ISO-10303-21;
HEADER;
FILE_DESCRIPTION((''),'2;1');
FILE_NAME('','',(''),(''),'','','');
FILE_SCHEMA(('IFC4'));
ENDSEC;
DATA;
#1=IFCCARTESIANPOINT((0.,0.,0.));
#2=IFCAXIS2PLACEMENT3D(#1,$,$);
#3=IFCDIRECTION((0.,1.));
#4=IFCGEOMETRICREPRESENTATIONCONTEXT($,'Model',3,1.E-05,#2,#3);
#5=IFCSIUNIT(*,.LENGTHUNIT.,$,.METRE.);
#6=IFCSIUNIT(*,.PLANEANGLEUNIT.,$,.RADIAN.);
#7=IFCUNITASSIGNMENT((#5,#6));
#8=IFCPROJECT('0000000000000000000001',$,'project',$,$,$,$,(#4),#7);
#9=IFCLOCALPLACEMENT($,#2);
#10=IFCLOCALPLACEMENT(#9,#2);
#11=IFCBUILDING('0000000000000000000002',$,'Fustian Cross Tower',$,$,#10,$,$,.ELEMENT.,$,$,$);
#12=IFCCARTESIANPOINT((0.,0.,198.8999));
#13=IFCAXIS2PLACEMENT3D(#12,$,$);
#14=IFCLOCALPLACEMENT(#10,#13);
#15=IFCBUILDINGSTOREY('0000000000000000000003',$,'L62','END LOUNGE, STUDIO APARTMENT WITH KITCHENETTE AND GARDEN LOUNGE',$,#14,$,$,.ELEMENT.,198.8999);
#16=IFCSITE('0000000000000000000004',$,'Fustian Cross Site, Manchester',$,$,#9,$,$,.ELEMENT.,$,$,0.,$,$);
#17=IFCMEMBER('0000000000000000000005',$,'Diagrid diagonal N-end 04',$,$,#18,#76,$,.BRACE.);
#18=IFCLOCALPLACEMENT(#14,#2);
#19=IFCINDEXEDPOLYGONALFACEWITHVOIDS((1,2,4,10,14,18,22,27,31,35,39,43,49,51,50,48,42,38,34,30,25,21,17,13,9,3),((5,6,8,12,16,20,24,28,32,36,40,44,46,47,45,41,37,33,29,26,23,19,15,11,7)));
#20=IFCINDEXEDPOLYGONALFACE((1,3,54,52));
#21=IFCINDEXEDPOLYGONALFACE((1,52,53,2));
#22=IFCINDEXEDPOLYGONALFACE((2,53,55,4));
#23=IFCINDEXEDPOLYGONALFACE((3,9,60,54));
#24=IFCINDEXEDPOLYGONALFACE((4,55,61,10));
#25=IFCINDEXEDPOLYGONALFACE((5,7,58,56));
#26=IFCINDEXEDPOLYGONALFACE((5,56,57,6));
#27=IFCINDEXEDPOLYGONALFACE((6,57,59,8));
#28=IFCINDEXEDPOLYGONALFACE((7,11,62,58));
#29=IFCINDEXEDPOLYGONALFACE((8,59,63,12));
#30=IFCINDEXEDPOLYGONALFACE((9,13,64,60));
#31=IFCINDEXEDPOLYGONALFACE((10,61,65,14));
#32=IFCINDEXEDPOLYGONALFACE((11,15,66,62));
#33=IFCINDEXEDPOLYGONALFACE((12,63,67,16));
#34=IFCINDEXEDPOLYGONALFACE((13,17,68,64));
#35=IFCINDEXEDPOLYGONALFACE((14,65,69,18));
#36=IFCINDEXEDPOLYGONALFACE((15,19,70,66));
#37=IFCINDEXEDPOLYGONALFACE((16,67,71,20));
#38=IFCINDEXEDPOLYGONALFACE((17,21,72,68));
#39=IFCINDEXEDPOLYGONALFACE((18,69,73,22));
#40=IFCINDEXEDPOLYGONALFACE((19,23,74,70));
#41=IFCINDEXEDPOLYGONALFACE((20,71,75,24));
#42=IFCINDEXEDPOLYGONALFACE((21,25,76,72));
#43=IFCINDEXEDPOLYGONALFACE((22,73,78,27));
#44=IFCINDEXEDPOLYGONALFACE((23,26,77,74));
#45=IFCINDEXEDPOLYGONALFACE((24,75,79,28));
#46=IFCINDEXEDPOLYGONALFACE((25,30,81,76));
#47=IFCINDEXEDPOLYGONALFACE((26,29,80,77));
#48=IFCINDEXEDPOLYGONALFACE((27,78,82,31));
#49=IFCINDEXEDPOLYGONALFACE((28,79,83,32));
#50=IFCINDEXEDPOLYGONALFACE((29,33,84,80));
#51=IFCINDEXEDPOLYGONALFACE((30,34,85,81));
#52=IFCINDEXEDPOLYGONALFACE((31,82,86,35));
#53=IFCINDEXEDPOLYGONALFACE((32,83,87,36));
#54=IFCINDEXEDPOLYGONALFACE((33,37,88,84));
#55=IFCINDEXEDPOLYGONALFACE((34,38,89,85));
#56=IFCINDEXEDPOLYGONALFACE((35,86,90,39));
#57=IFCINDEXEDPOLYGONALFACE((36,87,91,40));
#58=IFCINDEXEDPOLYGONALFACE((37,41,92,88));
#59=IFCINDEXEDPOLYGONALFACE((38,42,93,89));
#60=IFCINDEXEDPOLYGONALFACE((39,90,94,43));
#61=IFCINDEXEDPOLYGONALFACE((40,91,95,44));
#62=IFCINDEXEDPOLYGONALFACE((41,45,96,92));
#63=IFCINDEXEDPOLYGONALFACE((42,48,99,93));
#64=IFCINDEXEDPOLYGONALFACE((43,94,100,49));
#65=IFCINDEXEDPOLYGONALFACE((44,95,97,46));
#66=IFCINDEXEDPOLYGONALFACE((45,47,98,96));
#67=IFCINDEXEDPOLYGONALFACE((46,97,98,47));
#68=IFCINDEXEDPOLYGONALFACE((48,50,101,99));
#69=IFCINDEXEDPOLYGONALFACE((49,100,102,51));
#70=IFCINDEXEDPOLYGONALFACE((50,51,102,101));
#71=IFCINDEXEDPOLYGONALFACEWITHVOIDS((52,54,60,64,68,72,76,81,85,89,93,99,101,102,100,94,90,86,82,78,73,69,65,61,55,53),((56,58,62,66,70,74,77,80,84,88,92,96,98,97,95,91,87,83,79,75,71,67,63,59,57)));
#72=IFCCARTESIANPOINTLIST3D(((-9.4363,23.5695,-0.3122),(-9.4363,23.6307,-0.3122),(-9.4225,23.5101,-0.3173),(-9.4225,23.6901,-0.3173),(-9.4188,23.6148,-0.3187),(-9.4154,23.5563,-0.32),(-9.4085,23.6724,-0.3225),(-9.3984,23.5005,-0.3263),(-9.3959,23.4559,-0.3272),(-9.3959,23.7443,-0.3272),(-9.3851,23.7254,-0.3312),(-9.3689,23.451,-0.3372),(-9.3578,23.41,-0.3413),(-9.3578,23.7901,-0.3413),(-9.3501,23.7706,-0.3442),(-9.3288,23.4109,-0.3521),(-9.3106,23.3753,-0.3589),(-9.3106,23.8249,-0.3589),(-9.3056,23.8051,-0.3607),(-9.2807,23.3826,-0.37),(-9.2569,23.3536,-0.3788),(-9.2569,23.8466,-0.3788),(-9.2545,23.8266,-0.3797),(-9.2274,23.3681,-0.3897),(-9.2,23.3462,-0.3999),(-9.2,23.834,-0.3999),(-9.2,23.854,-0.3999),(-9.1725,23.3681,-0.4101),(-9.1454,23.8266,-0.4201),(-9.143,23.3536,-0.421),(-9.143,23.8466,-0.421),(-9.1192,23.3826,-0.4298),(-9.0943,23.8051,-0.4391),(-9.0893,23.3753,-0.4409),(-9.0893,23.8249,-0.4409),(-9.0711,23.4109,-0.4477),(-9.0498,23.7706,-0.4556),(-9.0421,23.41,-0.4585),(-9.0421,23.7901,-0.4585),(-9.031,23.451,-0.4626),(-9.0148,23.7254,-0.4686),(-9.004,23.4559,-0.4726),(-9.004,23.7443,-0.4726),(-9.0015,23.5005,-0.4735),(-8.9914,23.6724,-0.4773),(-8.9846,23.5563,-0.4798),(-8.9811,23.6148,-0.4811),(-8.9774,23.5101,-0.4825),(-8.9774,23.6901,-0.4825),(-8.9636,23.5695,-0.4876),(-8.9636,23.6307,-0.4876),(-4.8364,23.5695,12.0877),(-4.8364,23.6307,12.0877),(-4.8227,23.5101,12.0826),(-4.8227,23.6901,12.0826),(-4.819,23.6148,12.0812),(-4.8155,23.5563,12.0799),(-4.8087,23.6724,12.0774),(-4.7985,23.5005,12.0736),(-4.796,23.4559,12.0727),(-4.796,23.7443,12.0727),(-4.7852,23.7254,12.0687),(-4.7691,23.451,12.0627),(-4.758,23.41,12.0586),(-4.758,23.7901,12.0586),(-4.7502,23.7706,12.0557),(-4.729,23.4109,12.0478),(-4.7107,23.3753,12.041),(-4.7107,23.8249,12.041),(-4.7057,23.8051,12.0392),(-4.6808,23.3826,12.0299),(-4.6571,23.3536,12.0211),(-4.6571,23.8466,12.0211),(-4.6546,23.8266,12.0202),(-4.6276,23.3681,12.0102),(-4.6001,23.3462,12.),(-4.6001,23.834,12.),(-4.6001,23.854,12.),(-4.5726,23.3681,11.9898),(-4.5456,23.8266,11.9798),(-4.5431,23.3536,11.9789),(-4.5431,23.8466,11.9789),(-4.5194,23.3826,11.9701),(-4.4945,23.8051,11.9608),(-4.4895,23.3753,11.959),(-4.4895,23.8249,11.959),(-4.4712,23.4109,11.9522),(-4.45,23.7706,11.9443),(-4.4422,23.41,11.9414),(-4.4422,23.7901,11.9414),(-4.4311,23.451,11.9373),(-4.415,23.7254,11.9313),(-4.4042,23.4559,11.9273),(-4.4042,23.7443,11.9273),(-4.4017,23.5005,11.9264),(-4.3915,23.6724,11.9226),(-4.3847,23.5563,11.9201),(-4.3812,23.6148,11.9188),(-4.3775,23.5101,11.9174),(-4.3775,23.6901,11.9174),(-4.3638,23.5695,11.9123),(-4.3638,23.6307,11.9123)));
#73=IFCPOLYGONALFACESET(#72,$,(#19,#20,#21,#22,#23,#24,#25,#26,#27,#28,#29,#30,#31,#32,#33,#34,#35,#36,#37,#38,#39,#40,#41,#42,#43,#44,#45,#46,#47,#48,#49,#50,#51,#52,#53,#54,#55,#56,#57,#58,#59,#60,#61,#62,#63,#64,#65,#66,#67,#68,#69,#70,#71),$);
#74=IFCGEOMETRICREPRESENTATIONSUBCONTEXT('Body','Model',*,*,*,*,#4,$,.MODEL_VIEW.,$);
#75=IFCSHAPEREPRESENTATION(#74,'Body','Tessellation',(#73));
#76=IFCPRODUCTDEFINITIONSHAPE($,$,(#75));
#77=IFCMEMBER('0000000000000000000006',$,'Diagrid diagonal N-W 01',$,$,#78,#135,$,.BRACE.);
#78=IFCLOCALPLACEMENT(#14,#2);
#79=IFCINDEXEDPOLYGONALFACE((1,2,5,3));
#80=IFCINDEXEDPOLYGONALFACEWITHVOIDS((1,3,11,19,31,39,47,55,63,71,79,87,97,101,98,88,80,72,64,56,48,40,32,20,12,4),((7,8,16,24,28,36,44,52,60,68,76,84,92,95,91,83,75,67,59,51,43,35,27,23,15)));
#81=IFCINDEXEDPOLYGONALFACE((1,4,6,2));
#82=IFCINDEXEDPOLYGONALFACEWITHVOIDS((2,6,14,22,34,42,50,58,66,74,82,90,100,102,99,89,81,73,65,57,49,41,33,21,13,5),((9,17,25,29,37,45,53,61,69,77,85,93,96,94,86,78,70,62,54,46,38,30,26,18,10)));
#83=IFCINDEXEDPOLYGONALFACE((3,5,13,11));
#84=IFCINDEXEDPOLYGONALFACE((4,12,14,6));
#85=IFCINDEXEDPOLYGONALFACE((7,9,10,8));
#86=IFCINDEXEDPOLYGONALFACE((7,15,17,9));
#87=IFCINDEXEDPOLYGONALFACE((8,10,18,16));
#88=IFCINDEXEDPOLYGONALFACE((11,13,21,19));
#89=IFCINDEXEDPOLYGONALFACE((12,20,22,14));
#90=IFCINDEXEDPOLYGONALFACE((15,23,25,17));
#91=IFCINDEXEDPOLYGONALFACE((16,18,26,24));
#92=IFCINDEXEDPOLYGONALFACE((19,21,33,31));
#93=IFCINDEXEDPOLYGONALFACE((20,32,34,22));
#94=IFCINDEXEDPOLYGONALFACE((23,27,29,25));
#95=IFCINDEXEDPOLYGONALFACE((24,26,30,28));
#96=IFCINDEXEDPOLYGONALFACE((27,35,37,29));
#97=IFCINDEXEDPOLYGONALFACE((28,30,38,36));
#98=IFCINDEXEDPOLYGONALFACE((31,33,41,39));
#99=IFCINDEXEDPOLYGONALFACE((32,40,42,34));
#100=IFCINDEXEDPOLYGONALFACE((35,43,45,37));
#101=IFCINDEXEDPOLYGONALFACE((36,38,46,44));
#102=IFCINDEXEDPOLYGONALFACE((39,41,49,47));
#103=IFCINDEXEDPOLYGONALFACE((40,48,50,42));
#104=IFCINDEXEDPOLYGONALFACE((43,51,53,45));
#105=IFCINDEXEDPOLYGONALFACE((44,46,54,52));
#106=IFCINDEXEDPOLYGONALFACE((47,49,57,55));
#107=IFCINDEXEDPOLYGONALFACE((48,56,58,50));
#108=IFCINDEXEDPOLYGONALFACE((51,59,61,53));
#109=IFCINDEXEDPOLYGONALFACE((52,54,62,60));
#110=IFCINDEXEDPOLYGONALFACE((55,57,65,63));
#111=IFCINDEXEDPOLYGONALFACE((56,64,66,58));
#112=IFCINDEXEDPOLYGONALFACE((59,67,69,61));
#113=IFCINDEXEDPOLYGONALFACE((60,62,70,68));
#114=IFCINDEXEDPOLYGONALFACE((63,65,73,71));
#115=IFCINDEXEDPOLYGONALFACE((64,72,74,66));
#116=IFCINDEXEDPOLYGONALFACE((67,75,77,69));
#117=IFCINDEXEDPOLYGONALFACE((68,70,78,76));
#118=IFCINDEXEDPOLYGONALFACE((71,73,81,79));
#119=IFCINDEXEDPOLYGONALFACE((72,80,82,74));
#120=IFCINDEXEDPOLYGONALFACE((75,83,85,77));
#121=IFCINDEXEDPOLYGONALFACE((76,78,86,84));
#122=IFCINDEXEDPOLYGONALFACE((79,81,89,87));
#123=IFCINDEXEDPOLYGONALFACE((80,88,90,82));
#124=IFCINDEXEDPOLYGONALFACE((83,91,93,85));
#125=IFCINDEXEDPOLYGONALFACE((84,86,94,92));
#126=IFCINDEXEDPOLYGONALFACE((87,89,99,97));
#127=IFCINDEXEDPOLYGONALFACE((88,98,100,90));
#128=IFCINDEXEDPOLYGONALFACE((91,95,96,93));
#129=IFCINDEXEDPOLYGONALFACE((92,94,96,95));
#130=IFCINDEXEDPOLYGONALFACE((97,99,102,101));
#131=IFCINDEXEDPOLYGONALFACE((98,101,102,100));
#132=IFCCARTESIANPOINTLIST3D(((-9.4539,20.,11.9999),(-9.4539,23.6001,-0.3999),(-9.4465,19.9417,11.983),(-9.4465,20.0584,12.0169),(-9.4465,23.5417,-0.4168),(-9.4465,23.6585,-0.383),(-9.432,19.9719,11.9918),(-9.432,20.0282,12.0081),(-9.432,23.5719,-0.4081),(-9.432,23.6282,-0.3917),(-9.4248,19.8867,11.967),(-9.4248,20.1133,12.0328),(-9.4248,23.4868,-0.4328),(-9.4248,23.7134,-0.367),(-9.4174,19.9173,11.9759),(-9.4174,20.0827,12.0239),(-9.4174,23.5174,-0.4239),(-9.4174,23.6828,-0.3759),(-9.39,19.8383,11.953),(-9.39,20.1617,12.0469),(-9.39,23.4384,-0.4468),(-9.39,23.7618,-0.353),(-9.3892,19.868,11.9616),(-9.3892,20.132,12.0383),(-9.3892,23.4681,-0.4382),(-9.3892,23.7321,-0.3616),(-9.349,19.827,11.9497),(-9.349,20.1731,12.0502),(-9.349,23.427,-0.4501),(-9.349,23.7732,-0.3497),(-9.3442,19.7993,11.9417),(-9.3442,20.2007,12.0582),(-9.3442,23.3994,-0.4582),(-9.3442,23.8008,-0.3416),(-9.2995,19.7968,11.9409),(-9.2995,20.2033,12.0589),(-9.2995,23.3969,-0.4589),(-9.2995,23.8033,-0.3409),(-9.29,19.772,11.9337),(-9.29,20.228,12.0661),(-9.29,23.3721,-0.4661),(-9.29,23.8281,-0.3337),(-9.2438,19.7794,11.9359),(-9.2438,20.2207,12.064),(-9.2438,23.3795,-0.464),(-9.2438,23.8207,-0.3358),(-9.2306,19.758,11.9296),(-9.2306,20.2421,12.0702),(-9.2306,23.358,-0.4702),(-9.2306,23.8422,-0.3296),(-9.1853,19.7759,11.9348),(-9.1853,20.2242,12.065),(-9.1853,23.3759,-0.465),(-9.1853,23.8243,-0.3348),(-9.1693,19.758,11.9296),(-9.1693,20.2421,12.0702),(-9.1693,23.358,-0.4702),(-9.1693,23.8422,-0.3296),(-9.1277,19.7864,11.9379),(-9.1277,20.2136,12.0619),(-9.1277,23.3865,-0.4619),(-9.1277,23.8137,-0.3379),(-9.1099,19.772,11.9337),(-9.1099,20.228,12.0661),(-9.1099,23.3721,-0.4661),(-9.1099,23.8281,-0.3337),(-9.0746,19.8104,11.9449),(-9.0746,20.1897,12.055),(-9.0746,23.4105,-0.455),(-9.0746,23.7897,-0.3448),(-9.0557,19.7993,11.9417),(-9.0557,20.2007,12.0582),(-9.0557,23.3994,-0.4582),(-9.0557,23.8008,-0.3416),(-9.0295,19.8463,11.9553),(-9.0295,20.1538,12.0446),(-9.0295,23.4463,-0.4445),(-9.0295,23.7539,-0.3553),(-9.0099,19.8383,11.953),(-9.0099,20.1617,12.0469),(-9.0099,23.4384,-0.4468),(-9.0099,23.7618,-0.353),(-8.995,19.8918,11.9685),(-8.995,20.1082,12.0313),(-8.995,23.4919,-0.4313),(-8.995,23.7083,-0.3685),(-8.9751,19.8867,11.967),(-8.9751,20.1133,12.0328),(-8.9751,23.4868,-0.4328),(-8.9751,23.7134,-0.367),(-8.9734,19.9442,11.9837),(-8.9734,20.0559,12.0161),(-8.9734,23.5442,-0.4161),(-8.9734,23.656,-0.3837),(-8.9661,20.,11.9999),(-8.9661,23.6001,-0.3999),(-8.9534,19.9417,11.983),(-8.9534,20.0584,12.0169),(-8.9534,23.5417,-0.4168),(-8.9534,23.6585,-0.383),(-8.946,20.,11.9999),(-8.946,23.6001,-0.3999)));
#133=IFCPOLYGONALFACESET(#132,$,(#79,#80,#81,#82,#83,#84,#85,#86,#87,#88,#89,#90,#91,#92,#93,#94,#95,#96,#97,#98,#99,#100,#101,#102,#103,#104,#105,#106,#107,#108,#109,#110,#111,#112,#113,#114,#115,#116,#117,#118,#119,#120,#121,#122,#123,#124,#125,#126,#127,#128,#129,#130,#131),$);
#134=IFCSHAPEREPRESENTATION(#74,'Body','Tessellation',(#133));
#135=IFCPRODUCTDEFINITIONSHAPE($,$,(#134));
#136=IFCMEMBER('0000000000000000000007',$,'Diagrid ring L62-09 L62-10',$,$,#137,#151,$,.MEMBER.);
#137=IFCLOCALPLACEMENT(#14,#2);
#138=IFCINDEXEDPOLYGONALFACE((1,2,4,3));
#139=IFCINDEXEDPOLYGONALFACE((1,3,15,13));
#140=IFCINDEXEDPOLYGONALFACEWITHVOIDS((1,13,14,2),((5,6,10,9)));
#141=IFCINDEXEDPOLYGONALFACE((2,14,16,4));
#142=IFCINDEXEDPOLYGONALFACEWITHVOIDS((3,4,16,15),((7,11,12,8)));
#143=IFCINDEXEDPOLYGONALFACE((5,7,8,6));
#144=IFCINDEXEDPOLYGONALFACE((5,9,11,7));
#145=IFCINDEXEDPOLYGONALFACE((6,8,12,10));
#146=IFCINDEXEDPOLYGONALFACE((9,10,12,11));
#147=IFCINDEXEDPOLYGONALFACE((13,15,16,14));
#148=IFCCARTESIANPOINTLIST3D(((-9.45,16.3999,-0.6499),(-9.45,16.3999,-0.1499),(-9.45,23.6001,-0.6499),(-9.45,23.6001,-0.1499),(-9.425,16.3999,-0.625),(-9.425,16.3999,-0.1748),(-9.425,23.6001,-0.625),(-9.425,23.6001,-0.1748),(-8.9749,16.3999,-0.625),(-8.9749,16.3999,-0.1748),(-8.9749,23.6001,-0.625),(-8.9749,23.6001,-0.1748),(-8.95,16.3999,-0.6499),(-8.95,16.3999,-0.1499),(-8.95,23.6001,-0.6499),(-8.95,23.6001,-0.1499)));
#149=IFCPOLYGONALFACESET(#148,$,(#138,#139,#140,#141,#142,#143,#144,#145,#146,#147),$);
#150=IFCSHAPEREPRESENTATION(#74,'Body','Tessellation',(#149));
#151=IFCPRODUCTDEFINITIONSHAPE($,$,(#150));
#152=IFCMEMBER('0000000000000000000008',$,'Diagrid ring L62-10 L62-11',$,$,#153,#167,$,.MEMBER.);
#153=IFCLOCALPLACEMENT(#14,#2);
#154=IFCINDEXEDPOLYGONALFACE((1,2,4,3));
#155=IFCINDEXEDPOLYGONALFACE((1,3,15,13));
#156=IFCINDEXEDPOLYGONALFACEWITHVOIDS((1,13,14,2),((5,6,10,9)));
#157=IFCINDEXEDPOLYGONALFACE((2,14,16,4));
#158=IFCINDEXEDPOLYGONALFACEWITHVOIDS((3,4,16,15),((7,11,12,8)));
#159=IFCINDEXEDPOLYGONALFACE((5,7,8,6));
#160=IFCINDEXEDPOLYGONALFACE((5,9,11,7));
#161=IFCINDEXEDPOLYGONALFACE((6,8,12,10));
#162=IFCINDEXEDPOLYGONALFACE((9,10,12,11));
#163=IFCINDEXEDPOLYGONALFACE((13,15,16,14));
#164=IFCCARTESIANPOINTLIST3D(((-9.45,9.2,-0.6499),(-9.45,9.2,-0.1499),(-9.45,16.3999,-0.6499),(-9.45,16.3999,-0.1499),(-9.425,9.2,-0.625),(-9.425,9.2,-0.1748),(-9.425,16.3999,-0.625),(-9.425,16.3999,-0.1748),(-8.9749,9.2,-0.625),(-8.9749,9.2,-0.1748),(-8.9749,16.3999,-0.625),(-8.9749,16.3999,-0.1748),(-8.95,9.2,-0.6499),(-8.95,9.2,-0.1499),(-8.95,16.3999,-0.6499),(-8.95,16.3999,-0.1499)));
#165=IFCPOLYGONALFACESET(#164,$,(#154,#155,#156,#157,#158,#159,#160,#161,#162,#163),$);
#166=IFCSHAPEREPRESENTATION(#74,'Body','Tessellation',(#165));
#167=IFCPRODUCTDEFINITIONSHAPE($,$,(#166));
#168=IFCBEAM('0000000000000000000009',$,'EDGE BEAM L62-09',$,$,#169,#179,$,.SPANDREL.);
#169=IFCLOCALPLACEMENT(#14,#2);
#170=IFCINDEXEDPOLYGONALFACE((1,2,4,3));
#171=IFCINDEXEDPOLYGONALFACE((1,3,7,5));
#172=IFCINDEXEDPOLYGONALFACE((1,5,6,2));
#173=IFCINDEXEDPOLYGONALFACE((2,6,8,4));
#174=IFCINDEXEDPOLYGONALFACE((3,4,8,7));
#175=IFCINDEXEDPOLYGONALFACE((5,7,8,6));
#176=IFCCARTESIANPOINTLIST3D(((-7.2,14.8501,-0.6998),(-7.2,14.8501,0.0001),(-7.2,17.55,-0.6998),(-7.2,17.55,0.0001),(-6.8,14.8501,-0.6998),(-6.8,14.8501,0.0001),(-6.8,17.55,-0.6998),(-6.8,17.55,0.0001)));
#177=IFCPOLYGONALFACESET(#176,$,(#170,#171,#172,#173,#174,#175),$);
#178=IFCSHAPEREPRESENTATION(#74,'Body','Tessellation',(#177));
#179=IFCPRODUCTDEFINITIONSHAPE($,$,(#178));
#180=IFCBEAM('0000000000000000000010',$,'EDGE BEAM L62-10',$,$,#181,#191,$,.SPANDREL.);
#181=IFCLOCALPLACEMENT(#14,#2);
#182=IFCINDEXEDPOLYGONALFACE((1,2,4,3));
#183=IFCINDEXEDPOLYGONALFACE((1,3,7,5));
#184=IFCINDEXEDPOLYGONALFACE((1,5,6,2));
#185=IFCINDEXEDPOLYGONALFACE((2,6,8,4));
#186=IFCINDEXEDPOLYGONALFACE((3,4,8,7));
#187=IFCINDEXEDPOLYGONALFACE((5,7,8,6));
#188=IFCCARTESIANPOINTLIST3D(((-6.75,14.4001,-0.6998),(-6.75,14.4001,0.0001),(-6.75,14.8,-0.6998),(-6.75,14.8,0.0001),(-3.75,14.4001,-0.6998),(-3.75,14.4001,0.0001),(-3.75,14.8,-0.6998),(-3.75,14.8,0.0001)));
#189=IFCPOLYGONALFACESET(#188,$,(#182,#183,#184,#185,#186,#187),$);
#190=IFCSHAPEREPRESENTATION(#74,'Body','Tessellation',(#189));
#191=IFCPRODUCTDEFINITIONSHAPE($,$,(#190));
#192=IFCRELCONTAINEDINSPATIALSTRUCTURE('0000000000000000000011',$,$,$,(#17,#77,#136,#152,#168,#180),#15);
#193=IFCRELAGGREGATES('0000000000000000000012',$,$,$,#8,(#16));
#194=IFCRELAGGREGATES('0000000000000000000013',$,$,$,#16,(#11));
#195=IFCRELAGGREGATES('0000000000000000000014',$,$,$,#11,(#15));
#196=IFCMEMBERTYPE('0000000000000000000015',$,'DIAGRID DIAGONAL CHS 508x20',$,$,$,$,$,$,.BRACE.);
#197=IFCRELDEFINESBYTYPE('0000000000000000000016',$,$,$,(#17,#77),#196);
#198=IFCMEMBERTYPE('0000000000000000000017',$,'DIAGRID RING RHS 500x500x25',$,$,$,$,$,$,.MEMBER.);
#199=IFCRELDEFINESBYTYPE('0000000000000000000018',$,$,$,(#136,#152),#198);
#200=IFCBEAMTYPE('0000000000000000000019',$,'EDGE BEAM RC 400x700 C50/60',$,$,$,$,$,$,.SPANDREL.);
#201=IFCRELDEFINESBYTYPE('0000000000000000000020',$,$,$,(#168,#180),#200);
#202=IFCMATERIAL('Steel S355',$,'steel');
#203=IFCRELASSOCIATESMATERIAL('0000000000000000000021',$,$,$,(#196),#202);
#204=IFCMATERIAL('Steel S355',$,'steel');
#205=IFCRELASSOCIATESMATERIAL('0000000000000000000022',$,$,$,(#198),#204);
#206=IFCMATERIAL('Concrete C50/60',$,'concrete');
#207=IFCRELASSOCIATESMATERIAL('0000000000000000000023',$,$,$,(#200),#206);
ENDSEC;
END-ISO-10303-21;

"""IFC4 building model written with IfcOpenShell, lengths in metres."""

from ifc_helpers import new_model, si_unit, direction, frame, origin, origin_2d, place, context, subcontext, project, spatial, rectangle, hollow_rectangle, hollow_circle, extrude, material, material_profile, profile_set, type_object, element, save


model = new_model("IFC4")

# Units and contexts
model_context = context("Model", 3, precision=1e-05, world=origin(), true_north=direction((0.0, 1.0)))
body_context = subcontext(model_context, "Body", "Model", "MODEL_VIEW")
ifc_project = project(units=[si_unit("LENGTHUNIT", "METRE"), si_unit("PLANEANGLEUNIT", "RADIAN")], contexts=[model_context])

# Site, building, storey
site_placement = place(None, origin())
site = spatial("IfcSite", under=ifc_project, at=site_placement, Name="Fustian Cross Site, Manchester", CompositionType="ELEMENT", RefElevation=0.0)
building_placement = place(site_placement, origin())
building = spatial("IfcBuilding", under=site, at=building_placement, Name="Fustian Cross Tower", CompositionType="ELEMENT")
storey_placement = place(building_placement, frame((0.0, 0.0, 198.8999)))
storey = spatial("IfcBuildingStorey", under=building, at=storey_placement, Name="L62", Description="END LOUNGE, STUDIO APARTMENT WITH KITCHENETTE AND GARDEN LOUNGE", CompositionType="ELEMENT", Elevation=198.8999)

# Members
ifc_material_1 = material(Name="Steel S355", Category="steel")
ifc_material_profile_1 = material_profile(ifc_material_1, hollow_circle(Radius=0.2539, WallThickness=0.02, at=origin_2d()), Name="CHS 508x20")
ifc_profile_set_1 = profile_set([ifc_material_profile_1], Name="Steel S355")
member_type_1 = type_object("IfcMemberType", Name="DIAGRID DIAGONAL CHS 508x20", PredefinedType="BRACE", material=ifc_profile_set_1)
member_1_placement = place(storey_placement, frame((-9.2, 23.6001, -0.3999), z_axis=(0.347799, 0.0, 0.937569), x_axis=(0.0, 1.0, 0.0)))
element("IfcMember", 1, at=member_1_placement, inside=storey, type_object=member_type_1, Name="Diagrid diagonal N-end 04", PredefinedType="BRACE", context=body_context, shape_type="SweptSolid", body=[
    extrude(hollow_circle(Radius=0.2539, WallThickness=0.02, at=origin_2d()), origin(), (0.0, 0.0, 1.0), 13.2256),
])
member_2_placement = place(storey_placement, frame((-9.2, 23.6001, -0.3999), z_axis=(0.0, -0.278819, 0.960344), x_axis=(1.0, 0.0, 0.0)))
element("IfcMember", 2, at=member_2_placement, inside=storey, type_object=member_type_1, Name="Diagrid diagonal N-W 01", PredefinedType="BRACE", context=body_context, shape_type="SweptSolid", body=[
    extrude(hollow_circle(Radius=0.2539, WallThickness=0.02, at=origin_2d()), origin(), (0.0, 0.0, 1.0), 12.9119),
])
ifc_material_2 = material(Name="Steel S355", Category="steel")
ifc_material_profile_2 = material_profile(ifc_material_2, hollow_rectangle(XDim=0.5, YDim=0.5, WallThickness=0.0249, at=origin_2d()), Name="RHS 500x500x25")
ifc_profile_set_2 = profile_set([ifc_material_profile_2], Name="Steel S355")
member_type_2 = type_object("IfcMemberType", Name="DIAGRID RING RHS 500x500x25", PredefinedType="MEMBER", material=ifc_profile_set_2)
member_3_placement = place(storey_placement, frame((-9.2, 23.6001, -0.3999), z_axis=(0.0, -1.0, 0.0), x_axis=(1.0, 0.0, 0.0)))
element("IfcMember", 3, at=member_3_placement, inside=storey, type_object=member_type_2, Name="Diagrid ring L62-09 L62-10", PredefinedType="MEMBER", context=body_context, shape_type="SweptSolid", body=[
    extrude(hollow_rectangle(XDim=0.5, YDim=0.5, WallThickness=0.0249, at=origin_2d()), origin(), (0.0, 0.0, 1.0), 7.2002),
])
member_4_placement = place(storey_placement, frame((-9.2, 16.3999, -0.3999), z_axis=(0.0, -1.0, 0.0), x_axis=(1.0, 0.0, 0.0)))
element("IfcMember", 4, at=member_4_placement, inside=storey, type_object=member_type_2, Name="Diagrid ring L62-10 L62-11", PredefinedType="MEMBER", context=body_context, shape_type="SweptSolid", body=[
    extrude(hollow_rectangle(XDim=0.5, YDim=0.5, WallThickness=0.0249, at=origin_2d()), origin(), (0.0, 0.0, 1.0), 7.2),
])

# Beams
ifc_material_3 = material(Name="Concrete C50/60", Category="concrete")
ifc_material_profile_3 = material_profile(ifc_material_3, rectangle(XDim=0.3999, YDim=0.7, at=origin_2d()), Name="RC 400x700")
ifc_profile_set_3 = profile_set([ifc_material_profile_3], Name="Concrete C50/60")
beam_type = type_object("IfcBeamType", Name="EDGE BEAM RC 400x700 C50/60", PredefinedType="SPANDREL", material=ifc_profile_set_3)
beam_1_placement = place(storey_placement, frame((-7.0, 17.55, -0.3499), z_axis=(0.0, -1.0, 0.0), x_axis=(1.0, 0.0, 0.0)))
element("IfcBeam", 5, at=beam_1_placement, inside=storey, type_object=beam_type, Name="EDGE BEAM L62-09", PredefinedType="SPANDREL", context=body_context, shape_type="SweptSolid", body=[
    extrude(rectangle(XDim=0.3999, YDim=0.7, at=origin_2d()), origin(), (0.0, 0.0, 1.0), 2.7),
])
beam_2_placement = place(storey_placement, frame((-6.75, 14.6001, -0.3499), z_axis=(1.0, 0.0, 0.0), x_axis=(0.0, 1.0, 0.0)))
element("IfcBeam", 6, at=beam_2_placement, inside=storey, type_object=beam_type, Name="EDGE BEAM L62-10", PredefinedType="SPANDREL", context=body_context, shape_type="SweptSolid", body=[
    extrude(rectangle(XDim=0.3999, YDim=0.7, at=origin_2d()), origin(), (0.0, 0.0, 1.0), 3.0),
])

save(model, "model.ifc")
